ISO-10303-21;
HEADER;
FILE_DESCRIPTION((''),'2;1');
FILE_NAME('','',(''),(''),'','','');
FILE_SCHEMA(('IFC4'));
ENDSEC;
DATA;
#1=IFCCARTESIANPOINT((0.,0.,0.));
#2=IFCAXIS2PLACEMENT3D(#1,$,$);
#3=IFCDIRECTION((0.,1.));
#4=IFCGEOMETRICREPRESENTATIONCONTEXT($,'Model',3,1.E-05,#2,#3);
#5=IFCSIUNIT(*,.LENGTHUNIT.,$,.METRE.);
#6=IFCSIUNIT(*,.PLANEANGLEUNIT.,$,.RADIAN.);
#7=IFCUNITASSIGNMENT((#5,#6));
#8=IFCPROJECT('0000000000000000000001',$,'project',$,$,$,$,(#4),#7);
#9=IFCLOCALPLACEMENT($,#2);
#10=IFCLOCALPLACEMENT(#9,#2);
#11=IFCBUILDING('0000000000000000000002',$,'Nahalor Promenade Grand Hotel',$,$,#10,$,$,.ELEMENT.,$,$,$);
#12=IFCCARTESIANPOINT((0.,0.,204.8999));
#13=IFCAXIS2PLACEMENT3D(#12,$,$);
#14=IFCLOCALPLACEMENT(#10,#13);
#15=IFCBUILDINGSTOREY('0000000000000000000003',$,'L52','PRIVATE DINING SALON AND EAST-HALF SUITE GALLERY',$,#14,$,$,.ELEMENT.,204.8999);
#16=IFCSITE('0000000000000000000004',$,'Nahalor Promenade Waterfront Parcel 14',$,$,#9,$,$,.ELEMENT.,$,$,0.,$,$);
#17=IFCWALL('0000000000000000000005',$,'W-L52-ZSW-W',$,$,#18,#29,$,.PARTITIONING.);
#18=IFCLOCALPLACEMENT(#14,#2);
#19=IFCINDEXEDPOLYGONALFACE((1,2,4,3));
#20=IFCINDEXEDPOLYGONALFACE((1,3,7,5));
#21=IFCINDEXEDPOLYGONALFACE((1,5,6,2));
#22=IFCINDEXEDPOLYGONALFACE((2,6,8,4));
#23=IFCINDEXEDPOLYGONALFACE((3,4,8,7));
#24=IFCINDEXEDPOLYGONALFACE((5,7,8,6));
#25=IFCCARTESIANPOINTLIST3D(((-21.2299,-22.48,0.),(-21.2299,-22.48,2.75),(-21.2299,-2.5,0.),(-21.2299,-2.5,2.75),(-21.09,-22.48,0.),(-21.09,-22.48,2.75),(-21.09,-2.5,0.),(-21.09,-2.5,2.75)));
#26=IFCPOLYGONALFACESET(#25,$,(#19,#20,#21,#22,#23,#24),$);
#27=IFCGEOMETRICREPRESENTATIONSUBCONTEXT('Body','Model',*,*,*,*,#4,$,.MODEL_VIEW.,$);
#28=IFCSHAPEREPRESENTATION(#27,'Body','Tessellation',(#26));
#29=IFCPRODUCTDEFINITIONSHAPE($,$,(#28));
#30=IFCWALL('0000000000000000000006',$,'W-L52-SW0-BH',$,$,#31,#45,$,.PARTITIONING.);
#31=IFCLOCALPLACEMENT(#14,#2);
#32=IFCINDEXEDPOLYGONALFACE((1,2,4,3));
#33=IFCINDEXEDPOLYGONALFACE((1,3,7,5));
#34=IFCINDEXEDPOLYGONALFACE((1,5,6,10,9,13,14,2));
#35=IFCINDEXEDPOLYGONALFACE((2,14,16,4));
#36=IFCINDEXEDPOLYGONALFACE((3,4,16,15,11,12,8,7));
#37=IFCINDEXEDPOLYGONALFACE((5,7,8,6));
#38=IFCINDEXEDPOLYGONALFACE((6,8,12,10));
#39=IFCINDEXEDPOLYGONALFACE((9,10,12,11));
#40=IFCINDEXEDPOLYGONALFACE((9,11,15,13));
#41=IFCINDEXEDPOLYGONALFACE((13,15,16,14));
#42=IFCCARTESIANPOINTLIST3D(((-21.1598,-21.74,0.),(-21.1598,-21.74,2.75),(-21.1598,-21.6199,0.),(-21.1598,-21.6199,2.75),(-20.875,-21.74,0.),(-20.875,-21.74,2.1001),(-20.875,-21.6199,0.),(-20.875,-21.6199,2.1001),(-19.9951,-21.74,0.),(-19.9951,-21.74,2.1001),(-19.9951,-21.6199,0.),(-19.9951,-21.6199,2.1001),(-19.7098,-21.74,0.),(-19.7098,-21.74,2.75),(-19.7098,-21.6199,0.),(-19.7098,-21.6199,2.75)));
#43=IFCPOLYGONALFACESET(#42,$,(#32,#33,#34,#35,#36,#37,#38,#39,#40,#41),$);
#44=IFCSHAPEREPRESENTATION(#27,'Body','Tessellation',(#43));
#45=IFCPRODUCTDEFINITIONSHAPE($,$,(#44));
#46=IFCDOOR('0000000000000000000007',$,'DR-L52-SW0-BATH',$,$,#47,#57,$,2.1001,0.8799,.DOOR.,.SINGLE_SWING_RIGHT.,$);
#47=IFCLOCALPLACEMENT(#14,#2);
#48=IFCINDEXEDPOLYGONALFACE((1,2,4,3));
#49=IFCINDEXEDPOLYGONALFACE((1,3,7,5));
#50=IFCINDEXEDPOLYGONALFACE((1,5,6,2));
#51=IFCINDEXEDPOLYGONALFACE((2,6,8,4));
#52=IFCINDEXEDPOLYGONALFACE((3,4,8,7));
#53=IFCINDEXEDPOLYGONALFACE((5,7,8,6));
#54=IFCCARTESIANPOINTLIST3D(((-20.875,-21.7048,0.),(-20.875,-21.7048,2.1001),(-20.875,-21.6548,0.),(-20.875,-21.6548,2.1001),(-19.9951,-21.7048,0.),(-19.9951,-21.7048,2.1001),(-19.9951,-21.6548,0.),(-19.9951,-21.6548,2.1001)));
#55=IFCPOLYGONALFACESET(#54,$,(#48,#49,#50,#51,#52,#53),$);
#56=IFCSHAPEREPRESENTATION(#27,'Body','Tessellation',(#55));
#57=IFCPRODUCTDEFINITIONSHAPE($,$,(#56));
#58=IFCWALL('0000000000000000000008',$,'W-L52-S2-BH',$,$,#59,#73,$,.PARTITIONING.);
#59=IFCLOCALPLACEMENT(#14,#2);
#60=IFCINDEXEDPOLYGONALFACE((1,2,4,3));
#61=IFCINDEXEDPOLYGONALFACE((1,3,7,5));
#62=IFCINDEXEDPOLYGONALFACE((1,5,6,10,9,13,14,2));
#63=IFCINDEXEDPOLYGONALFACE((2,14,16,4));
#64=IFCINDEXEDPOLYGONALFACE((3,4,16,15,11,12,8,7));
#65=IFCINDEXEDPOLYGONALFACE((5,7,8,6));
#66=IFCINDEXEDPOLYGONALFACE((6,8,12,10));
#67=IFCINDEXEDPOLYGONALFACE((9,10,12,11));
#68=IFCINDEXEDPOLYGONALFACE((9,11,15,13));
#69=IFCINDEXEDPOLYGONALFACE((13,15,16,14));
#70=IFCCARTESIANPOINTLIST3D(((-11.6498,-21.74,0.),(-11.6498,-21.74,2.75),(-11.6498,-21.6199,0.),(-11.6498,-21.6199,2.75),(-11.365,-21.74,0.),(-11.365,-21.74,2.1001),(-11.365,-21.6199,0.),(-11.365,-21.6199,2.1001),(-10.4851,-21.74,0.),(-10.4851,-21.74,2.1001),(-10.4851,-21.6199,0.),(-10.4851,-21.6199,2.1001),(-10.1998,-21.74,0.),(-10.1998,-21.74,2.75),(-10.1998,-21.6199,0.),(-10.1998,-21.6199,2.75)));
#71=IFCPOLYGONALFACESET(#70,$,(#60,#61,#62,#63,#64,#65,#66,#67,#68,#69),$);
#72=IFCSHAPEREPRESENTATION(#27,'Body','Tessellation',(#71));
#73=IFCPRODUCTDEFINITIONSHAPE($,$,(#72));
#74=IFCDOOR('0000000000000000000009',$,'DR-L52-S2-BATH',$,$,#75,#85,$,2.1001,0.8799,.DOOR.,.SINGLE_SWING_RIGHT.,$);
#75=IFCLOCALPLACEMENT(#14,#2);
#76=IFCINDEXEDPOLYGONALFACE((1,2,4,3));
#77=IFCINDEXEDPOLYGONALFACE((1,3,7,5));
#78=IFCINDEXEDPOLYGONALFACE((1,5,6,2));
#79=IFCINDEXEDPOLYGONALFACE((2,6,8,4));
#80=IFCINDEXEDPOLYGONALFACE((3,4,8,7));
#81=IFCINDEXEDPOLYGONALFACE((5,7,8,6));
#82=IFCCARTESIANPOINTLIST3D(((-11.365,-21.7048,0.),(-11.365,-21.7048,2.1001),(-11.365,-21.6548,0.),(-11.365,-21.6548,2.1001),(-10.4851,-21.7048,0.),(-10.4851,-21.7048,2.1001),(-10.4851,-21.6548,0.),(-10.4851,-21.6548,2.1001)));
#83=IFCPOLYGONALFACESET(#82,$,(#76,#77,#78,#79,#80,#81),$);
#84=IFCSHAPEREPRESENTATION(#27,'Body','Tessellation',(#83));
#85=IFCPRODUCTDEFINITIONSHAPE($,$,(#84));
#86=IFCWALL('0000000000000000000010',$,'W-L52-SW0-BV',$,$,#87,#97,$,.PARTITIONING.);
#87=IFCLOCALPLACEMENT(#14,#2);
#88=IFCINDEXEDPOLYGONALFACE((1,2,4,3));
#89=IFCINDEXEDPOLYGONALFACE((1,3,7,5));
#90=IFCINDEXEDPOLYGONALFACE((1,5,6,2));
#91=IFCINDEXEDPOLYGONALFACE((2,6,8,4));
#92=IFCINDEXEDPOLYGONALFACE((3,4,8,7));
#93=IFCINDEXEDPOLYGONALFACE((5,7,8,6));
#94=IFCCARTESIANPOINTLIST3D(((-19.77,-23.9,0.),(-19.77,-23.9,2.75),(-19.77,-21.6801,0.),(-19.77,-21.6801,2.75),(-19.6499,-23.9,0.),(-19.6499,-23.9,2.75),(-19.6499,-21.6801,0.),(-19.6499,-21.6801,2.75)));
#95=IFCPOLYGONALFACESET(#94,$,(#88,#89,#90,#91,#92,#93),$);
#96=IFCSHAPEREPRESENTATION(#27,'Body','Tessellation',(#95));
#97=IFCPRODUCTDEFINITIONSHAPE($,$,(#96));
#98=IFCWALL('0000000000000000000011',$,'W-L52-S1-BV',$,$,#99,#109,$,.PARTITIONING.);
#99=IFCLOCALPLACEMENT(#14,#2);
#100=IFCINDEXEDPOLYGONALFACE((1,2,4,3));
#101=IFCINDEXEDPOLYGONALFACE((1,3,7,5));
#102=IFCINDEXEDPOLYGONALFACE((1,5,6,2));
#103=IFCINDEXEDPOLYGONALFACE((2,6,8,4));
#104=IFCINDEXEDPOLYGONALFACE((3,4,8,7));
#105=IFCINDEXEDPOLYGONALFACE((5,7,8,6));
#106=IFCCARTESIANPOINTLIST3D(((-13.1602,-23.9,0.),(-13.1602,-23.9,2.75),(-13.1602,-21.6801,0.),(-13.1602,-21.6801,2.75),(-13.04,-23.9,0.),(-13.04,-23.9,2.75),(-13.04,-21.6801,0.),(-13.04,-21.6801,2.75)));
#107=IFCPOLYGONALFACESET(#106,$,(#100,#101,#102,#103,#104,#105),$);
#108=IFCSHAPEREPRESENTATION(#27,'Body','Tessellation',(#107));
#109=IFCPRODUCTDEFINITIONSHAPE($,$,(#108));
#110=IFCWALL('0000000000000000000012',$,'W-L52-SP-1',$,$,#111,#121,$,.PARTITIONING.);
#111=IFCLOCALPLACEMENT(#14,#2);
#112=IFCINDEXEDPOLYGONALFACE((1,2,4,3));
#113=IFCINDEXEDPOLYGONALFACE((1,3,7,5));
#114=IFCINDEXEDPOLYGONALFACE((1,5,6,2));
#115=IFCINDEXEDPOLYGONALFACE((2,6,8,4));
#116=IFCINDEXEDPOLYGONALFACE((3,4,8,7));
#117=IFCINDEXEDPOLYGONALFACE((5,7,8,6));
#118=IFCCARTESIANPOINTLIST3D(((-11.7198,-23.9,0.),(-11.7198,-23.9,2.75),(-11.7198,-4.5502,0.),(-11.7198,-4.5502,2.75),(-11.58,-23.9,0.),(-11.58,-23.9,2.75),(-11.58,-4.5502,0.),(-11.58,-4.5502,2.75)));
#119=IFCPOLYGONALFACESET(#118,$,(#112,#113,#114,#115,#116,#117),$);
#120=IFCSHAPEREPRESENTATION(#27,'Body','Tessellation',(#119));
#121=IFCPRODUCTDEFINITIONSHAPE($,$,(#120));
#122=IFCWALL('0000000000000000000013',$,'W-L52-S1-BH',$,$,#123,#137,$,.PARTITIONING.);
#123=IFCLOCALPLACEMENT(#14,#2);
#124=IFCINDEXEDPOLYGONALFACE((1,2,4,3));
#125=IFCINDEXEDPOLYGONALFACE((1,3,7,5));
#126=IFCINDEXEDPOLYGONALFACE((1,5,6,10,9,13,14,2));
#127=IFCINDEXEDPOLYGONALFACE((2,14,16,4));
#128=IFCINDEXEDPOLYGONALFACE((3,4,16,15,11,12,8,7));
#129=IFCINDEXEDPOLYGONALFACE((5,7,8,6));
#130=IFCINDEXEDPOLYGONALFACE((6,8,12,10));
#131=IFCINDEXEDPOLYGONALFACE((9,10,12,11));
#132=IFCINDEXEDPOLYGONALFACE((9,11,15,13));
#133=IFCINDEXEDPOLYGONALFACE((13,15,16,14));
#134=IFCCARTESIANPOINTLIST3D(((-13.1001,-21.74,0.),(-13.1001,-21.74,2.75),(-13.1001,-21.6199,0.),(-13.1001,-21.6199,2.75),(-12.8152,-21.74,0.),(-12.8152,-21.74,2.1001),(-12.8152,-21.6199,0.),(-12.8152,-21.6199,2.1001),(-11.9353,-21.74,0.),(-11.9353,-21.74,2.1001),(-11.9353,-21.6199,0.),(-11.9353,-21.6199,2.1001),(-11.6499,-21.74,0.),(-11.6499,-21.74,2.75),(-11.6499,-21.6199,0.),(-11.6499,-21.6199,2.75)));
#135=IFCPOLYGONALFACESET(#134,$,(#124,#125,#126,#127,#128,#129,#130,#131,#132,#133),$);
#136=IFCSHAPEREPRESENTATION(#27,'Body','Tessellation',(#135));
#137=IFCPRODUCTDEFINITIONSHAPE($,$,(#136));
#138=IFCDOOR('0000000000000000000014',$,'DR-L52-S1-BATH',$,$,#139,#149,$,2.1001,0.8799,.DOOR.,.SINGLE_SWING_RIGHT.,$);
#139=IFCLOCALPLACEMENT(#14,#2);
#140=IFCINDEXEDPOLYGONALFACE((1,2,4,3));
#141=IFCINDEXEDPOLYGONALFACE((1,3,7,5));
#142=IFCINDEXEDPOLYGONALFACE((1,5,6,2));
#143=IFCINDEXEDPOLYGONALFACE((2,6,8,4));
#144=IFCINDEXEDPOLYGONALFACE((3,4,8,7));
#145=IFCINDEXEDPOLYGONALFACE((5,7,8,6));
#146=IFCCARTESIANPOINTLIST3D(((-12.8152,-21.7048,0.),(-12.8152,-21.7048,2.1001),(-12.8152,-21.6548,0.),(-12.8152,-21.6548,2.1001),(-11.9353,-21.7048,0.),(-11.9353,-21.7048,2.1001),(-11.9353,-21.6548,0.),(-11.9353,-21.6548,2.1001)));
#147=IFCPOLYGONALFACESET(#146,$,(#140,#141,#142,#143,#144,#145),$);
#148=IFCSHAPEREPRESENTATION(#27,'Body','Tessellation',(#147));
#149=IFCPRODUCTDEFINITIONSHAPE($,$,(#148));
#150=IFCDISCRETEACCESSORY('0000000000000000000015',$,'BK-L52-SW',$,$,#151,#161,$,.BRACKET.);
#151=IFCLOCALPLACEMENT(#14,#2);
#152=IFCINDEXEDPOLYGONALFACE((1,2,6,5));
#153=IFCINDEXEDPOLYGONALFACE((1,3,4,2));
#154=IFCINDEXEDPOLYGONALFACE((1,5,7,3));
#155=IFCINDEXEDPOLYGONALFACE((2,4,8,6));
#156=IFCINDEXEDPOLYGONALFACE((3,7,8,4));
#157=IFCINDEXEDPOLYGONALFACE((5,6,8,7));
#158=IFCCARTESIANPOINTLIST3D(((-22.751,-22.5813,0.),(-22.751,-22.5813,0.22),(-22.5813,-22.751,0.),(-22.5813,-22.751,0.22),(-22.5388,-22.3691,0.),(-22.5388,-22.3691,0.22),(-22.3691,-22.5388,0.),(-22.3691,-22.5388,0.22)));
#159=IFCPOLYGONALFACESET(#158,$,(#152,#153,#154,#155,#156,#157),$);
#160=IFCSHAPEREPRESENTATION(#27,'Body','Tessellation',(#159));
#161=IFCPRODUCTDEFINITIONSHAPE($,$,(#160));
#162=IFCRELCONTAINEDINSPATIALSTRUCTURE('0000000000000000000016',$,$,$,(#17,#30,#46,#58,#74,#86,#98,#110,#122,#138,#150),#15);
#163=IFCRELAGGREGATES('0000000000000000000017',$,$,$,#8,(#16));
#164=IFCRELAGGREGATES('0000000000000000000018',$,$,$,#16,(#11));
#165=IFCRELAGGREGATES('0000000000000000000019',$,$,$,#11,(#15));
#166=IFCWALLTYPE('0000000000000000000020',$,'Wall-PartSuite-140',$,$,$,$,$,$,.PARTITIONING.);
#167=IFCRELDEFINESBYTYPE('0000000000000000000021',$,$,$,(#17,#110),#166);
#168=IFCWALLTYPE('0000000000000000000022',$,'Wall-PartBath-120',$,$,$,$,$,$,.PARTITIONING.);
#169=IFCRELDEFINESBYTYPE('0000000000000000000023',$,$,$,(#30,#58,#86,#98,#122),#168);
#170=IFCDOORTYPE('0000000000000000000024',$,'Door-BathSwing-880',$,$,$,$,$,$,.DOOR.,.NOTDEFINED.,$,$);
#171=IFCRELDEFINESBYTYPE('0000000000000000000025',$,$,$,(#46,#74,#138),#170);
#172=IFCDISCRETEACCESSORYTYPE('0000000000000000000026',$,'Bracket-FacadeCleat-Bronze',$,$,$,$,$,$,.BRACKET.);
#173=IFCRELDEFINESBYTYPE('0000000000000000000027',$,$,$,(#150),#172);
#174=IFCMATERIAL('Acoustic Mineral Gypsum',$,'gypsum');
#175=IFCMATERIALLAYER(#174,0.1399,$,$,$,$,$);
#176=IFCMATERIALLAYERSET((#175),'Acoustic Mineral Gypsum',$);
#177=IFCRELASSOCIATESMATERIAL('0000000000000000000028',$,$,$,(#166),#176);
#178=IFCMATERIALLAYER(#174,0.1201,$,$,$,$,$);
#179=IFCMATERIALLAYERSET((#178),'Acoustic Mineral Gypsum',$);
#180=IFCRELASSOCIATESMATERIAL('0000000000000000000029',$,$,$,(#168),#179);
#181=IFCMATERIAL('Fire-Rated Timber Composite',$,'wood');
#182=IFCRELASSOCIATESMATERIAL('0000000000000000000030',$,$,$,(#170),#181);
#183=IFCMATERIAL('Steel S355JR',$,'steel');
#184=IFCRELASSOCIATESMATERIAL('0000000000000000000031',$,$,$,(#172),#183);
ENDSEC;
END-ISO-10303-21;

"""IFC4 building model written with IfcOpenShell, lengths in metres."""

from ifc_helpers import new_model, si_unit, direction, frame, frame_2d, origin, origin_2d, place, context, subcontext, project, spatial, rectangle, extrude, source, transform, mapped, material, layer, layer_set, type_object, element, fill, save


model = new_model("IFC4")

# Units and contexts
model_context = context("Model", 3, precision=1e-05, world=origin(), true_north=direction((0.0, 1.0)))
body_context = subcontext(model_context, "Body", "Model", "MODEL_VIEW")
ifc_project = project(units=[si_unit("LENGTHUNIT", "METRE"), si_unit("PLANEANGLEUNIT", "RADIAN")], contexts=[model_context])

# Site, building, storey
site_placement = place(None, origin())
site = spatial("IfcSite", under=ifc_project, at=site_placement, Name="Nahalor Promenade Waterfront Parcel 14", CompositionType="ELEMENT", RefElevation=0.0)
building_placement = place(site_placement, origin())
building = spatial("IfcBuilding", under=site, at=building_placement, Name="Nahalor Promenade Grand Hotel", CompositionType="ELEMENT")
storey_placement = place(building_placement, frame((0.0, 0.0, 204.8999)))
storey = spatial("IfcBuildingStorey", under=building, at=storey_placement, Name="L52", Description="PRIVATE DINING SALON AND EAST-HALF SUITE GALLERY", CompositionType="ELEMENT", Elevation=204.8999)

# Shared definitions
ifc_material_1 = material(Name="Steel S355JR", Category="steel")

# Shared definitions
ifc_material_2 = material(Name="Acoustic Mineral Gypsum", Category="gypsum")
ifc_material_3 = material(Name="Fire-Rated Timber Composite", Category="wood")

# Wall
ifc_layer_1 = layer(ifc_material_2, 0.1399)
ifc_layer_set_1 = layer_set([ifc_layer_1], Name="Acoustic Mineral Gypsum")
wall_type_1 = type_object("IfcWallType", Name="Wall-PartSuite-140", PredefinedType="PARTITIONING", material=ifc_layer_set_1)
shared_shape_1 = source(origin(), body_context, "Body", "SweptSolid", [
    extrude(rectangle(XDim=19.98, YDim=0.1399, at=frame_2d((9.99, 0.0))), origin(), (0.0, 0.0, 1.0), 2.75),
])
wall_1_placement = place(storey_placement, frame((-21.1599, -22.48, 0.0), z_axis=(0.0, 0.0, 1.0), x_axis=(0.0, 1.0, 0.0)))
element("IfcWall", 1, at=wall_1_placement, inside=storey, type_object=wall_type_1, Name="W-L52-ZSW-W", PredefinedType="PARTITIONING", context=body_context, shape_type="MappedRepresentation", body=[
    mapped(shared_shape_1, transform((0.0, 0.0, 0.0), scale=1.0)),
])

# Walls, openings, doors
ifc_layer_2 = layer(ifc_material_2, 0.1201)
ifc_layer_set_2 = layer_set([ifc_layer_2], Name="Acoustic Mineral Gypsum")
wall_type_2 = type_object("IfcWallType", Name="Wall-PartBath-120", PredefinedType="PARTITIONING", material=ifc_layer_set_2)
shared_shape_2 = source(origin(), body_context, "Body", "SweptSolid", [
    extrude(rectangle(XDim=1.45, YDim=0.1201, at=frame_2d((0.7251, 0.0))), origin(), (0.0, 0.0, 1.0), 2.75),
])
wall_2_placement = place(storey_placement, frame((-21.1599, -21.6799, 0.0), z_axis=(0.0, 0.0, 1.0), x_axis=(1.0, 0.0, 0.0)))
wall_2 = element("IfcWall", 2, at=wall_2_placement, inside=storey, type_object=wall_type_2, Name="W-L52-SW0-BH", PredefinedType="PARTITIONING", context=body_context, shape_type="MappedRepresentation", body=[
    mapped(shared_shape_2, transform((0.0, 0.0, 0.0), scale=1.0)),
])
opening_1_placement = place(wall_2_placement, frame((0.2849, 0.0, 0.0)))
opening_1 = element("IfcOpeningElement", 3, at=opening_1_placement, cuts=wall_2, PredefinedType="OPENING", context=body_context, shape_type="SweptSolid", body=[
    extrude(rectangle(XDim=0.8799, YDim=2.1001, at=frame_2d((0.4399, 1.05))), frame((0.0, 0.0701, 0.0), z_axis=(0.0, -1.0, 0.0), x_axis=(1.0, 0.0, 0.0)), (0.0, 0.0, 1.0), 0.1401),
])
door_type_1 = type_object("IfcDoorType", Name="Door-BathSwing-880", OperationType="NOTDEFINED", PredefinedType="DOOR", material=ifc_material_3)
shared_shape_3 = source(origin(), body_context, "Body", "SweptSolid", [
    extrude(rectangle(XDim=0.8799, YDim=2.1001, at=frame_2d((0.4399, 1.05))), frame((0.0, 0.0249, 0.0), z_axis=(0.0, -1.0, 0.0), x_axis=(1.0, 0.0, 0.0)), (0.0, 0.0, 1.0), 0.05),
])
door_1_placement = place(opening_1_placement, frame((0.8799, 0.0, 0.0), z_axis=(0.0, 0.0, 1.0), x_axis=(-1.0, 0.0, 0.0)))
door_1 = element("IfcDoor", 4, at=door_1_placement, inside=storey, type_object=door_type_1, Name="DR-L52-SW0-BATH", OperationType="SINGLE_SWING_RIGHT", OverallHeight=2.1001, OverallWidth=0.8799, PredefinedType="DOOR", context=body_context, shape_type="MappedRepresentation", body=[
    mapped(shared_shape_3, transform((0.0, 0.0, 0.0), scale=1.0)),
])
fill(opening_1, door_1)
wall_3_placement = place(storey_placement, frame((-11.6499, -21.6799, 0.0), z_axis=(0.0, 0.0, 1.0), x_axis=(1.0, 0.0, 0.0)))
wall_3 = element("IfcWall", 5, at=wall_3_placement, inside=storey, type_object=wall_type_2, Name="W-L52-S2-BH", PredefinedType="PARTITIONING", context=body_context, shape_type="MappedRepresentation", body=[
    mapped(shared_shape_2, transform((0.0, 0.0, 0.0), scale=1.0)),
])
opening_2_placement = place(wall_3_placement, frame((0.2849, 0.0, 0.0)))
opening_2 = element("IfcOpeningElement", 6, at=opening_2_placement, cuts=wall_3, PredefinedType="OPENING", context=body_context, shape_type="SweptSolid", body=[
    extrude(rectangle(XDim=0.8799, YDim=2.1001, at=frame_2d((0.4399, 1.05))), frame((0.0, 0.0701, 0.0), z_axis=(0.0, -1.0, 0.0), x_axis=(1.0, 0.0, 0.0)), (0.0, 0.0, 1.0), 0.1401),
])
door_2_placement = place(opening_2_placement, frame((0.8799, 0.0, 0.0), z_axis=(0.0, 0.0, 1.0), x_axis=(-1.0, 0.0, 0.0)))
door_2 = element("IfcDoor", 7, at=door_2_placement, inside=storey, type_object=door_type_1, Name="DR-L52-S2-BATH", OperationType="SINGLE_SWING_RIGHT", OverallHeight=2.1001, OverallWidth=0.8799, PredefinedType="DOOR", context=body_context, shape_type="MappedRepresentation", body=[
    mapped(shared_shape_3, transform((0.0, 0.0, 0.0), scale=1.0)),
])
fill(opening_2, door_2)

# Walls
shared_shape_4 = source(origin(), body_context, "Body", "SweptSolid", [
    extrude(rectangle(XDim=2.22, YDim=0.1201, at=frame_2d((1.1099, 0.0))), origin(), (0.0, 0.0, 1.0), 2.75),
])
for number, where, z_axis, x_axis, name in (
    (8, (-19.71, -23.8999, 0.0), (0.0, 0.0, 1.0), (0.0, 1.0, 0.0), "W-L52-SW0-BV"),
    (9, (-13.1001, -23.8999, 0.0), (0.0, 0.0, 1.0), (0.0, 1.0, 0.0), "W-L52-S1-BV"),
):
    element("IfcWall", number, at=place(storey_placement, frame(where, z_axis=z_axis, x_axis=x_axis)), inside=storey, type_object=wall_type_2, Name=name, PredefinedType="PARTITIONING", context=body_context, shape_type="MappedRepresentation", body=[
        mapped(shared_shape_4, transform((0.0, 0.0, 0.0), scale=1.0)),
    ])
shared_shape_5 = source(origin(), body_context, "Body", "SweptSolid", [
    extrude(rectangle(XDim=19.3499, YDim=0.1399, at=frame_2d((9.6748, 0.0))), origin(), (0.0, 0.0, 1.0), 2.75),
])
wall_4_placement = place(storey_placement, frame((-11.6499, -23.8999, 0.0), z_axis=(0.0, 0.0, 1.0), x_axis=(0.0, 1.0, 0.0)))
element("IfcWall", 10, at=wall_4_placement, inside=storey, type_object=wall_type_1, Name="W-L52-SP-1", PredefinedType="PARTITIONING", context=body_context, shape_type="MappedRepresentation", body=[
    mapped(shared_shape_5, transform((0.0, 0.0, 0.0), scale=1.0)),
])

# Wall, opening, door
shared_shape_6 = source(origin(), body_context, "Body", "SweptSolid", [
    extrude(rectangle(XDim=1.4502, YDim=0.1201, at=frame_2d((0.7251, 0.0))), origin(), (0.0, 0.0, 1.0), 2.75),
])
wall_5_placement = place(storey_placement, frame((-13.1001, -21.6799, 0.0), z_axis=(0.0, 0.0, 1.0), x_axis=(1.0, 0.0, 0.0)))
wall_5 = element("IfcWall", 11, at=wall_5_placement, inside=storey, type_object=wall_type_2, Name="W-L52-S1-BH", PredefinedType="PARTITIONING", context=body_context, shape_type="MappedRepresentation", body=[
    mapped(shared_shape_6, transform((0.0, 0.0, 0.0), scale=1.0)),
])
opening_3_placement = place(wall_5_placement, frame((0.2849, 0.0, 0.0)))
opening_3 = element("IfcOpeningElement", 12, at=opening_3_placement, cuts=wall_5, PredefinedType="OPENING", context=body_context, shape_type="SweptSolid", body=[
    extrude(rectangle(XDim=0.8799, YDim=2.1001, at=frame_2d((0.4399, 1.05))), frame((0.0, 0.0701, 0.0), z_axis=(0.0, -1.0, 0.0), x_axis=(1.0, 0.0, 0.0)), (0.0, 0.0, 1.0), 0.1401),
])
door_3_placement = place(opening_3_placement, frame((0.8799, 0.0, 0.0), z_axis=(0.0, 0.0, 1.0), x_axis=(-1.0, 0.0, 0.0)))
door_3 = element("IfcDoor", 13, at=door_3_placement, inside=storey, type_object=door_type_1, Name="DR-L52-S1-BATH", OperationType="SINGLE_SWING_RIGHT", OverallHeight=2.1001, OverallWidth=0.8799, PredefinedType="DOOR", context=body_context, shape_type="MappedRepresentation", body=[
    mapped(shared_shape_3, transform((0.0, 0.0, 0.0), scale=1.0)),
])
fill(opening_3, door_3)

# Discrete accessory
discrete_accessory_type = type_object("IfcDiscreteAccessoryType", Name="Bracket-FacadeCleat-Bronze", PredefinedType="BRACKET", material=ifc_material_1)
shared_shape_7 = source(origin(), body_context, "Body", "SweptSolid", [
    extrude(rectangle(XDim=0.3, YDim=0.24, at=origin_2d()), origin(), (0.0, 0.0, 1.0), 0.22),
])
discrete_accessory_placement = place(storey_placement, frame((-22.5601, -22.5601, 0.0), z_axis=(0.0, 0.0, 1.0), x_axis=(0.707107, 0.707107, 0.0)))
element("IfcDiscreteAccessory", 14, at=discrete_accessory_placement, inside=storey, type_object=discrete_accessory_type, Name="BK-L52-SW", PredefinedType="BRACKET", context=body_context, shape_type="MappedRepresentation", body=[
    mapped(shared_shape_7, transform((0.0, 0.0, 0.0), scale=1.0)),
])

save(model, "model.ifc")
